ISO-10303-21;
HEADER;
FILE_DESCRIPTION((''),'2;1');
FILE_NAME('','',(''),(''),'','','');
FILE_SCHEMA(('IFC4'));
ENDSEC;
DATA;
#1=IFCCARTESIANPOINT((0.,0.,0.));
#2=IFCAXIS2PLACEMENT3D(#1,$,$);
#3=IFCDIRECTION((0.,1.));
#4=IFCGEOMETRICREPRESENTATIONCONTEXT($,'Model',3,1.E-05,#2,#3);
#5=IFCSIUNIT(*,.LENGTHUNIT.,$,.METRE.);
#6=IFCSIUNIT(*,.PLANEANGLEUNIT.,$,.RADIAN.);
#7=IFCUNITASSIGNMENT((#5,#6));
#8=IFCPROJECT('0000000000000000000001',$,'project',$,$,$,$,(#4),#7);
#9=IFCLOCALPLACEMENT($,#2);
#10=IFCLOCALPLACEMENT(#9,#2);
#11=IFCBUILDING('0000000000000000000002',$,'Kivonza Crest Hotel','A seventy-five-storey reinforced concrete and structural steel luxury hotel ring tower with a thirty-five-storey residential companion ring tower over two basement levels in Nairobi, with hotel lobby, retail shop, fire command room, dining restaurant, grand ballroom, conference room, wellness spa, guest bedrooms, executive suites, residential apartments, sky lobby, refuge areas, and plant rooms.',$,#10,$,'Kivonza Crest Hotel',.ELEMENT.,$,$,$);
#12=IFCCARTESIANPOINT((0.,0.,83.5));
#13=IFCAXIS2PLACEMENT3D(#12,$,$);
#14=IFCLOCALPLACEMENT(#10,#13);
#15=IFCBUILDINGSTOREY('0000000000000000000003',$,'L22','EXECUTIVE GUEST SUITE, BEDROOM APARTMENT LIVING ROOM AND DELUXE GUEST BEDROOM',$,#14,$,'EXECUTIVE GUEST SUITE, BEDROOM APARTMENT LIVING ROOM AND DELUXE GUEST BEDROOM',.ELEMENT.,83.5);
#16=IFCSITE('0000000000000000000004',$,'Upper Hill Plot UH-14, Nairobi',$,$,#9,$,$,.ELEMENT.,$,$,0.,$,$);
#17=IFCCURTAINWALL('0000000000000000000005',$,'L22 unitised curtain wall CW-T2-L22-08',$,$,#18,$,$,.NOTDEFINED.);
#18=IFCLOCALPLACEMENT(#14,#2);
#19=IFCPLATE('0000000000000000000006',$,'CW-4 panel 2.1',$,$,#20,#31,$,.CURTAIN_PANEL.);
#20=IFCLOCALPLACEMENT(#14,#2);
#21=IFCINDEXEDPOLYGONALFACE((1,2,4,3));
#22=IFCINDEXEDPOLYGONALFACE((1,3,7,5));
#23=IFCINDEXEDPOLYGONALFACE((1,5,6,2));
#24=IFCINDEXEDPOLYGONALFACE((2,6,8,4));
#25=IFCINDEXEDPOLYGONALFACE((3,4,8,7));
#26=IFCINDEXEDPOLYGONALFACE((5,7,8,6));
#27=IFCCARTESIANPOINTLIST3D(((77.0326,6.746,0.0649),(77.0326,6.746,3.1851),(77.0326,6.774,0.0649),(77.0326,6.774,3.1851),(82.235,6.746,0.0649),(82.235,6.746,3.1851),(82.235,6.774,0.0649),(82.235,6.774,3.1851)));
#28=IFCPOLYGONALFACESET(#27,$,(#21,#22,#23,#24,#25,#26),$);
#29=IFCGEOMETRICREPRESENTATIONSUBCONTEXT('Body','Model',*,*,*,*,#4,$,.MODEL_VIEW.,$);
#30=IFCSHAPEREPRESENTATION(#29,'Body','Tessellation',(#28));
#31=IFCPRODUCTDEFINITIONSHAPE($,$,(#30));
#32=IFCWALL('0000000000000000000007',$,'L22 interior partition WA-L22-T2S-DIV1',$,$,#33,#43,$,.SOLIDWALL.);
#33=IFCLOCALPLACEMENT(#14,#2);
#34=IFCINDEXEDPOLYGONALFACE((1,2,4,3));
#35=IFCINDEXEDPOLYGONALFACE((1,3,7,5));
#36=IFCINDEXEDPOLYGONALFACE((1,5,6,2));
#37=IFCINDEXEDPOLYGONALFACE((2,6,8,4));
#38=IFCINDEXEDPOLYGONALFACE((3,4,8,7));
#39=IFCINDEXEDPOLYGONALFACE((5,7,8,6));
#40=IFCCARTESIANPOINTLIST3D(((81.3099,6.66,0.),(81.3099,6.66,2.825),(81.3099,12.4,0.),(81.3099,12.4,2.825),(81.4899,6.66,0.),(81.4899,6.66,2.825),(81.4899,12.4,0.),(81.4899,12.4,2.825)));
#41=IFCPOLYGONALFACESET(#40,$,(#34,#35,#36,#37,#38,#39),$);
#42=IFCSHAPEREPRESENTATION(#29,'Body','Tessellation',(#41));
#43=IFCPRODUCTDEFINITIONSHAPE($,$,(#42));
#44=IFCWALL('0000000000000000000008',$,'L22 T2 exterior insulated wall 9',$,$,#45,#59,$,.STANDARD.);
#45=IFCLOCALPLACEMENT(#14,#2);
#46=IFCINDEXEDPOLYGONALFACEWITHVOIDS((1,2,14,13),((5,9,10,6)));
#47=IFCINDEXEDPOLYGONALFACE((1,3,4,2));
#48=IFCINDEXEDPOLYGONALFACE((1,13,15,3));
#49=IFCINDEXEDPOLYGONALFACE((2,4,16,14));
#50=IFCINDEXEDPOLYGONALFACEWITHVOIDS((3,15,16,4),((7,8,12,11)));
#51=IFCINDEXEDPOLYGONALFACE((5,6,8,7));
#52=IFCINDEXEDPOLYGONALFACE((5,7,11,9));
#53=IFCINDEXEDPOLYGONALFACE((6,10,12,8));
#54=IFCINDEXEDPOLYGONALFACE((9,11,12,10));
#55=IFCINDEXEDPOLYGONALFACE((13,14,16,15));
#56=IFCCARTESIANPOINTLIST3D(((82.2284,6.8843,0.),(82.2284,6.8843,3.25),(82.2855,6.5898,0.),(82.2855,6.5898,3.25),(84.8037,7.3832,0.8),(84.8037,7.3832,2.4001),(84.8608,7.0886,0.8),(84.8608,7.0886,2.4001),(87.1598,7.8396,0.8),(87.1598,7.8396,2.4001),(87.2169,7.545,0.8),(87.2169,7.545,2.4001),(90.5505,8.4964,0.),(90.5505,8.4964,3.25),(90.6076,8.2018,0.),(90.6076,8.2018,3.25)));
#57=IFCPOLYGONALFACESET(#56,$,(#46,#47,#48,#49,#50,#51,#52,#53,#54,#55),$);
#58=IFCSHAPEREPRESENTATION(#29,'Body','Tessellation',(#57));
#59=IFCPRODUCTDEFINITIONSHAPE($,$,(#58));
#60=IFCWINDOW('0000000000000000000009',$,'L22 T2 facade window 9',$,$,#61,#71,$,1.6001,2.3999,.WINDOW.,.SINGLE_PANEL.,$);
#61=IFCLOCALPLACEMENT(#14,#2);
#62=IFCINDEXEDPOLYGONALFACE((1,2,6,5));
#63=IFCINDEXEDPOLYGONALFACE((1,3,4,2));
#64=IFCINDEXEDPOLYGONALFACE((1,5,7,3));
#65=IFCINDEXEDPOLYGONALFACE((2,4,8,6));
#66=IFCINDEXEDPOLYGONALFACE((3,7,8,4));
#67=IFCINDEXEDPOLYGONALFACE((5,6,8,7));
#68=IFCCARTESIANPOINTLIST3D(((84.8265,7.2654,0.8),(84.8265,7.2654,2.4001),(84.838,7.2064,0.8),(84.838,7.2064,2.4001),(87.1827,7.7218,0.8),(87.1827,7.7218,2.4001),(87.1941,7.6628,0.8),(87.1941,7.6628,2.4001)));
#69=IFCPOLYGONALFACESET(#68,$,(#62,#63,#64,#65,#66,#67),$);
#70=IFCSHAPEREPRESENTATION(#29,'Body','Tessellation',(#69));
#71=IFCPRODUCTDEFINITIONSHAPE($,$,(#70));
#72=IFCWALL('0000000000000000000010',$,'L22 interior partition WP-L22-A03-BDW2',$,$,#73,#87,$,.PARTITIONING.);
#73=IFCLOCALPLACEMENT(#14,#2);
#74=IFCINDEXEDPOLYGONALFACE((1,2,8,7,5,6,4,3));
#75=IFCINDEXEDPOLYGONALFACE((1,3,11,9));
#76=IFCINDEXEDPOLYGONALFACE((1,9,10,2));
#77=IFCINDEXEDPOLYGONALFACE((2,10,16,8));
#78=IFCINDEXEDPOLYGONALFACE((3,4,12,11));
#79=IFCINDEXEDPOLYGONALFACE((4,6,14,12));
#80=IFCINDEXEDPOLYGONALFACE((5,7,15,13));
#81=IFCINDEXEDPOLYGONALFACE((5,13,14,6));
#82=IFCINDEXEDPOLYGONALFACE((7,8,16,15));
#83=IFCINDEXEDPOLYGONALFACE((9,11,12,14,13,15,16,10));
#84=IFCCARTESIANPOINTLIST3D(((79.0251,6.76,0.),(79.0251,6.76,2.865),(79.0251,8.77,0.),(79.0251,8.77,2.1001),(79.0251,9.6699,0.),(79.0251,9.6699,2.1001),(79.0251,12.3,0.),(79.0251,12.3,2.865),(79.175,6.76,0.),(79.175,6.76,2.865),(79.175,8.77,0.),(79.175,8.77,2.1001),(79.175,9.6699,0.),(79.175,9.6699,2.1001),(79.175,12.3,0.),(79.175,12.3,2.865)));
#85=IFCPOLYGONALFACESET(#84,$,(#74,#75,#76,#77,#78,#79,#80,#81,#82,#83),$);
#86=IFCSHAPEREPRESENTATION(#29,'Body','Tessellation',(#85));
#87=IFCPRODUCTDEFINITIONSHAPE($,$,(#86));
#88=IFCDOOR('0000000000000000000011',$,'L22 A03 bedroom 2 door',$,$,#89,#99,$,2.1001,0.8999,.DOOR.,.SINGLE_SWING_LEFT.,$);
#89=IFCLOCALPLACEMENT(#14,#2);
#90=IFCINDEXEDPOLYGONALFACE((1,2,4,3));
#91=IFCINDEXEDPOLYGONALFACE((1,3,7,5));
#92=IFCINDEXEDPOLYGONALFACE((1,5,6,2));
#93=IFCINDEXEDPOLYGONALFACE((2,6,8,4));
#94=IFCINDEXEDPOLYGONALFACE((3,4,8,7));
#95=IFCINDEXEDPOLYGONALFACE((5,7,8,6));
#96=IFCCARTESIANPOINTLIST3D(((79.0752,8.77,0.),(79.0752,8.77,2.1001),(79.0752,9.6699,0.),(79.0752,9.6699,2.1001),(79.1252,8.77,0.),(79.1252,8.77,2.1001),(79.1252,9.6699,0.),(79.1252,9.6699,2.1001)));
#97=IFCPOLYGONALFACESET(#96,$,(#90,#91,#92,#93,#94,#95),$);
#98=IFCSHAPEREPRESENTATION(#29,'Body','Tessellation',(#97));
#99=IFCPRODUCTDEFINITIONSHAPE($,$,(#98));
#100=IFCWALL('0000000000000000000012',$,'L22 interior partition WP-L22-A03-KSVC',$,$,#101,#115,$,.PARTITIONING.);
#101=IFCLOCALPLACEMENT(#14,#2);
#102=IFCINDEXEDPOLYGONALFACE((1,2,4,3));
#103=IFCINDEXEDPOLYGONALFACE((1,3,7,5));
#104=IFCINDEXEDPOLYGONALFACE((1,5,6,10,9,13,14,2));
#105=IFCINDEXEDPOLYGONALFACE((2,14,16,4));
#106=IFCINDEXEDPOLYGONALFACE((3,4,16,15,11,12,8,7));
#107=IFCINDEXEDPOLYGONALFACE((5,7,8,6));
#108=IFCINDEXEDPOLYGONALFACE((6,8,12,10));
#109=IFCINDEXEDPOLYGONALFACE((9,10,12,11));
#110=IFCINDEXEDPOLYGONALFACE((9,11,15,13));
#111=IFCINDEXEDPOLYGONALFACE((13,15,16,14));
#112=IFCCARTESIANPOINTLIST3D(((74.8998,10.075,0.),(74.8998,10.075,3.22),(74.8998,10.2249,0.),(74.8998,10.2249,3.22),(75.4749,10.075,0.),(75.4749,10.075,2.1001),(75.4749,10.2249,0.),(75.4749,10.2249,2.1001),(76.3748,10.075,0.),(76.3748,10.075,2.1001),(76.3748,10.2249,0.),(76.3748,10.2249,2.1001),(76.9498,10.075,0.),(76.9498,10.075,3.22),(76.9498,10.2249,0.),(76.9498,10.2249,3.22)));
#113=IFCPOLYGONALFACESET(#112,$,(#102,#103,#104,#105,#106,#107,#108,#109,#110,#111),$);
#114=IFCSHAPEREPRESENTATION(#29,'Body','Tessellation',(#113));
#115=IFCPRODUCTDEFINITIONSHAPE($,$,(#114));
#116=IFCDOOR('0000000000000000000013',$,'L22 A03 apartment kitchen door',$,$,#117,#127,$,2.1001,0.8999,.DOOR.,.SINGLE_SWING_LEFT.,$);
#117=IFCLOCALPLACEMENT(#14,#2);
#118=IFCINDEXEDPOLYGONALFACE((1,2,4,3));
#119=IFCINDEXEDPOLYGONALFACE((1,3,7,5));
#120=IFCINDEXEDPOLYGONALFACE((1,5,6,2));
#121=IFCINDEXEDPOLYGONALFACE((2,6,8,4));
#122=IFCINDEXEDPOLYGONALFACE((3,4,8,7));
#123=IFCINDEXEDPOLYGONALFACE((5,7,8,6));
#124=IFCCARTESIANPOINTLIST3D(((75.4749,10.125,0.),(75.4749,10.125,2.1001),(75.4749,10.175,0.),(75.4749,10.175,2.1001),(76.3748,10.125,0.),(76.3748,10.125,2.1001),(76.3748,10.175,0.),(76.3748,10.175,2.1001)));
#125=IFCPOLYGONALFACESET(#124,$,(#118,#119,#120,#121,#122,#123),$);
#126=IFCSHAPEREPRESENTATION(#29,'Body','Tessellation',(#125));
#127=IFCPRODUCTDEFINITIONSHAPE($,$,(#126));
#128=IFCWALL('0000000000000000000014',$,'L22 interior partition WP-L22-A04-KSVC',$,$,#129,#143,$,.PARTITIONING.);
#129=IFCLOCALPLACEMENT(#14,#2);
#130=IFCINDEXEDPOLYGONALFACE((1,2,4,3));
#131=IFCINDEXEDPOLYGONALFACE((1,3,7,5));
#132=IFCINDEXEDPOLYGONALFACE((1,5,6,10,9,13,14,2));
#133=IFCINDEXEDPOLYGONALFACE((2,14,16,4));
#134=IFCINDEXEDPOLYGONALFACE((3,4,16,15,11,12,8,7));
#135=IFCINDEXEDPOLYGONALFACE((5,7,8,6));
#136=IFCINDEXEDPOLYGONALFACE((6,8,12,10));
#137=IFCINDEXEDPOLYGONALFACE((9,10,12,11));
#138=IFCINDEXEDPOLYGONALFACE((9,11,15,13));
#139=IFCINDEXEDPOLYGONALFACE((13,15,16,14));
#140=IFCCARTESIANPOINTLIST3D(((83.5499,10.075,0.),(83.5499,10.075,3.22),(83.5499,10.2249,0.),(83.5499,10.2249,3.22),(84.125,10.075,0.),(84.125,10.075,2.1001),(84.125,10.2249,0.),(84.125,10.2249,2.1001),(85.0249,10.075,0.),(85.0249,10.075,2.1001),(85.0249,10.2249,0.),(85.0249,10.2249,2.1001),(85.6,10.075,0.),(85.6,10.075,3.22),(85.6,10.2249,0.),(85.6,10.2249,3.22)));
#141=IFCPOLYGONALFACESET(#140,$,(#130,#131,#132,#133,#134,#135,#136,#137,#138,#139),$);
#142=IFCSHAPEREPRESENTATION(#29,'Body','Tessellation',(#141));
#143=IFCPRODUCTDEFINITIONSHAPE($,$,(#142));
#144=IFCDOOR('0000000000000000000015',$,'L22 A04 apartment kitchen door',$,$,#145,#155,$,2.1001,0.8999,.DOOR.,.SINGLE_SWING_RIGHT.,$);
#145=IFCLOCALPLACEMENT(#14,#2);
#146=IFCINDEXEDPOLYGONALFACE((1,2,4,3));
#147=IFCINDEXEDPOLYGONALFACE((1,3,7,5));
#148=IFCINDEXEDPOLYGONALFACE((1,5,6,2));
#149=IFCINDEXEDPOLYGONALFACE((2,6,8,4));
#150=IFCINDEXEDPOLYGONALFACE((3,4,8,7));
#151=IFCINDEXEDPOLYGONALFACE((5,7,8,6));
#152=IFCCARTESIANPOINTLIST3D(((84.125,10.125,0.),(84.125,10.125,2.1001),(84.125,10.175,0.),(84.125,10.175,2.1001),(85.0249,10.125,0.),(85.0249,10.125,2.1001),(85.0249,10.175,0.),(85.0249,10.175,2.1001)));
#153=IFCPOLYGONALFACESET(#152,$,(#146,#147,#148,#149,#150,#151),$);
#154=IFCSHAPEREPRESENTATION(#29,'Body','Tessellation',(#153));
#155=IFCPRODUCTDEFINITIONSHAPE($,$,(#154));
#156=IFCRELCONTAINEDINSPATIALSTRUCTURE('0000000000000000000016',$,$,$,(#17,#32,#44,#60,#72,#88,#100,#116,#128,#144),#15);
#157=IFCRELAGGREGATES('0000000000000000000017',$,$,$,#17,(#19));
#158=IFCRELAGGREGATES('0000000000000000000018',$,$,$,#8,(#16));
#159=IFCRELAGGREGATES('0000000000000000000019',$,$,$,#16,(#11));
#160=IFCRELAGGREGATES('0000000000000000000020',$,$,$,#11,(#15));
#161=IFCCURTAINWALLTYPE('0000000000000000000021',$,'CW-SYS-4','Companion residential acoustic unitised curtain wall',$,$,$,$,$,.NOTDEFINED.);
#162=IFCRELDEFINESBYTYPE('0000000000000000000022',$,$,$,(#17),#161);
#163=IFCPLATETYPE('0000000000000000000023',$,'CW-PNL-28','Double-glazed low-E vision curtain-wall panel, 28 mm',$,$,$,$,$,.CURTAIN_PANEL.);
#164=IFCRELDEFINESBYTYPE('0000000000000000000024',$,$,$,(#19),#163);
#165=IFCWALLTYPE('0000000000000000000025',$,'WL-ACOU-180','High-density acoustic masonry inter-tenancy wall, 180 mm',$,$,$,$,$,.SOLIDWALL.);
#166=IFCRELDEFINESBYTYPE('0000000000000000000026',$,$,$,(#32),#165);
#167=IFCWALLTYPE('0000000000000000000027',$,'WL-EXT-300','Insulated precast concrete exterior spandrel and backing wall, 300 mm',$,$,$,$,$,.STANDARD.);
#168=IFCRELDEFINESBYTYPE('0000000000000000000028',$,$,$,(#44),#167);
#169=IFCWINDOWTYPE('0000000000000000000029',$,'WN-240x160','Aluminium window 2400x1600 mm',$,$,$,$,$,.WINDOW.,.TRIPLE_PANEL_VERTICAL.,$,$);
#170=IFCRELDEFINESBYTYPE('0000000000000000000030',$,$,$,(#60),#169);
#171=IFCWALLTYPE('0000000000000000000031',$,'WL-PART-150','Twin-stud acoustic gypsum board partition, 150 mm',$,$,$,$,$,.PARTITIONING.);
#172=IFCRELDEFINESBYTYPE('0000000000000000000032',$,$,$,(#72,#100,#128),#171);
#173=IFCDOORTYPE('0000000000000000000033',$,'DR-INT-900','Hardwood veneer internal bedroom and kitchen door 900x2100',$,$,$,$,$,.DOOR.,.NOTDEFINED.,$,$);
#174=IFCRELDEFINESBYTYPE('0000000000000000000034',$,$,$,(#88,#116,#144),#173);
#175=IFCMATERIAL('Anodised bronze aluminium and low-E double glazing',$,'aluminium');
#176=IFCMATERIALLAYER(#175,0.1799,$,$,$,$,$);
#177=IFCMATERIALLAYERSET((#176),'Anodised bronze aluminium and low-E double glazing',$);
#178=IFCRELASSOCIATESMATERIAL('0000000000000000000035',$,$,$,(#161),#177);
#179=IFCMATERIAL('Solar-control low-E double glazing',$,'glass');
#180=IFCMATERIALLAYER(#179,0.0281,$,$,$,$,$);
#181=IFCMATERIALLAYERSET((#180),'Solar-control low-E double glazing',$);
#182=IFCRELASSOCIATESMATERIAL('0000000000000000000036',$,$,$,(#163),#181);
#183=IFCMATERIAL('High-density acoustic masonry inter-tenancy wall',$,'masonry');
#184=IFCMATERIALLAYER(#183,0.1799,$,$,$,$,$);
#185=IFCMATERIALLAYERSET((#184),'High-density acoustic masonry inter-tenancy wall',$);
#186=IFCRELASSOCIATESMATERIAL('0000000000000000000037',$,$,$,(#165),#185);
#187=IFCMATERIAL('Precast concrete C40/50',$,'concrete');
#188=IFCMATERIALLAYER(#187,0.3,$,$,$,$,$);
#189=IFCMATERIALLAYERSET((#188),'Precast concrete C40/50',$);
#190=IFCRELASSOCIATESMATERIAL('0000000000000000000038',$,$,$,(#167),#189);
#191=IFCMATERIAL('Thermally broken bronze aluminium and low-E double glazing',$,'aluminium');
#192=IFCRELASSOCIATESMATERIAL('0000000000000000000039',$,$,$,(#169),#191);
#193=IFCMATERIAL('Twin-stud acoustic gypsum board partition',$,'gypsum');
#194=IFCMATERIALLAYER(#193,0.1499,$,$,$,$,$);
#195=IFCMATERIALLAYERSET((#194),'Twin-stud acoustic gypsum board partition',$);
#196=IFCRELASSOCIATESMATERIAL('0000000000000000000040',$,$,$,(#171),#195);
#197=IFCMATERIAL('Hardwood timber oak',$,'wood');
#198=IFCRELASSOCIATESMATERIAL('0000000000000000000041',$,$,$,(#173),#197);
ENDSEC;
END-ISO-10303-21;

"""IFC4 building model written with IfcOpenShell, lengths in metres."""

from ifc_helpers import new_model, si_unit, direction, frame, frame_2d, origin, origin_2d, place, context, subcontext, project, spatial, rectangle, extrude, material, layer, layer_set, type_object, element, fill, aggregate, save


model = new_model("IFC4")

# Units and contexts
model_context = context("Model", 3, precision=1e-05, world=origin(), true_north=direction((0.0, 1.0)))
body_context = subcontext(model_context, "Body", "Model", "MODEL_VIEW")
ifc_project = project(units=[si_unit("LENGTHUNIT", "METRE"), si_unit("PLANEANGLEUNIT", "RADIAN")], contexts=[model_context])

# Site, building, storey
site_placement = place(None, origin())
site = spatial("IfcSite", under=ifc_project, at=site_placement, Name="Upper Hill Plot UH-14, Nairobi", CompositionType="ELEMENT", RefElevation=0.0)
building_placement = place(site_placement, origin())
building = spatial("IfcBuilding", under=site, at=building_placement, Name="Kivonza Crest Hotel", Description="A seventy-five-storey reinforced concrete and structural steel luxury hotel ring tower with a thirty-five-storey residential companion ring tower over two basement levels in Nairobi, with hotel lobby, retail shop, fire command room, dining restaurant, grand ballroom, conference room, wellness spa, guest bedrooms, executive suites, residential apartments, sky lobby, refuge areas, and plant rooms.", LongName="Kivonza Crest Hotel", CompositionType="ELEMENT")
storey_placement = place(building_placement, frame((0.0, 0.0, 83.5)))
storey = spatial("IfcBuildingStorey", under=building, at=storey_placement, Name="L22", Description="EXECUTIVE GUEST SUITE, BEDROOM APARTMENT LIVING ROOM AND DELUXE GUEST BEDROOM", LongName="EXECUTIVE GUEST SUITE, BEDROOM APARTMENT LIVING ROOM AND DELUXE GUEST BEDROOM", CompositionType="ELEMENT", Elevation=83.5)

# Curtain wall, plate
ifc_material_1 = material(Name="Anodised bronze aluminium and low-E double glazing", Category="aluminium")
ifc_layer_1 = layer(ifc_material_1, 0.1799)
ifc_layer_set_1 = layer_set([ifc_layer_1], Name="Anodised bronze aluminium and low-E double glazing")
curtain_wall_type = type_object("IfcCurtainWallType", Name="CW-SYS-4", Description="Companion residential acoustic unitised curtain wall", PredefinedType="NOTDEFINED", material=ifc_layer_set_1)
curtain_wall_placement = place(storey_placement, origin())
curtain_wall = element("IfcCurtainWall", 1, at=curtain_wall_placement, inside=storey, type_object=curtain_wall_type, Name="L22 unitised curtain wall CW-T2-L22-08", PredefinedType="NOTDEFINED")
ifc_material_2 = material(Name="Solar-control low-E double glazing", Category="glass")
ifc_layer_2 = layer(ifc_material_2, 0.0281)
ifc_layer_set_2 = layer_set([ifc_layer_2], Name="Solar-control low-E double glazing")
plate_type = type_object("IfcPlateType", Name="CW-PNL-28", Description="Double-glazed low-E vision curtain-wall panel, 28 mm", PredefinedType="CURTAIN_PANEL", material=ifc_layer_set_2)
plate_1_placement = place(storey_placement, frame((79.6338, 6.76, 0.0649), z_axis=(0.0, 0.0, 1.0), x_axis=(1.0, 0.0, 0.0)))
plate_1 = element("IfcPlate", 2, at=plate_1_placement, type_object=plate_type, Name="CW-4 panel 2.1", PredefinedType="CURTAIN_PANEL", context=body_context, shape_type="SweptSolid", body=[
    extrude(rectangle(XDim=5.2024, YDim=0.0281, at=origin_2d()), origin(), (0.0, 0.0, 1.0), 3.1201),
])
aggregate(curtain_wall, [plate_1])

# Wall
ifc_material_3 = material(Name="High-density acoustic masonry inter-tenancy wall", Category="masonry")
ifc_layer_3 = layer(ifc_material_3, 0.1799)
ifc_layer_set_3 = layer_set([ifc_layer_3], Name="High-density acoustic masonry inter-tenancy wall")
wall_type_1 = type_object("IfcWallType", Name="WL-ACOU-180", Description="High-density acoustic masonry inter-tenancy wall, 180 mm", PredefinedType="SOLIDWALL", material=ifc_layer_set_3)
wall_1_placement = place(storey_placement, frame((81.3999, 6.6599, 0.0), z_axis=(0.0, 0.0, 1.0), x_axis=(0.0, 1.0, 0.0)))
element("IfcWall", 3, at=wall_1_placement, inside=storey, type_object=wall_type_1, Name="L22 interior partition WA-L22-T2S-DIV1", PredefinedType="SOLIDWALL", context=body_context, shape_type="SweptSolid", body=[
    extrude(rectangle(XDim=5.74, YDim=0.1799, at=frame_2d((2.8701, 0.0))), origin(), (0.0, 0.0, 1.0), 2.825),
])

# Wall, opening, window
ifc_material_4 = material(Name="Precast concrete C40/50", Category="concrete")
ifc_layer_4 = layer(ifc_material_4, 0.3)
ifc_layer_set_4 = layer_set([ifc_layer_4], Name="Precast concrete C40/50")
wall_type_2 = type_object("IfcWallType", Name="WL-EXT-300", Description="Insulated precast concrete exterior spandrel and backing wall, 300 mm", PredefinedType="STANDARD", material=ifc_layer_set_4)
wall_2_placement = place(storey_placement, frame((82.2571, 6.7371, 0.0), z_axis=(0.0, 0.0, 1.0), x_axis=(0.98175, 0.190175, 0.0)))
wall_2 = element("IfcWall", 4, at=wall_2_placement, inside=storey, type_object=wall_type_2, Name="L22 T2 exterior insulated wall 9", PredefinedType="STANDARD", context=body_context, shape_type="SweptSolid", body=[
    extrude(rectangle(XDim=8.4768, YDim=0.3, at=frame_2d((4.2383, 0.0))), origin(), (0.0, 0.0, 1.0), 3.25),
])
opening_1_placement = place(wall_2_placement, frame((2.623, 0.0, 0.8)))
opening_1 = element("IfcOpeningElement", 5, at=opening_1_placement, cuts=wall_2, PredefinedType="OPENING", context=body_context, shape_type="SweptSolid", body=[
    extrude(rectangle(XDim=2.3999, YDim=1.6001, at=frame_2d((1.2, 0.8))), frame((0.0, 0.1602, 0.0), z_axis=(0.0, -1.0, 0.0), x_axis=(1.0, 0.0, 0.0)), (0.0, 0.0, 1.0), 0.3201),
])
ifc_material_5 = material(Name="Thermally broken bronze aluminium and low-E double glazing", Category="aluminium")
window_type = type_object("IfcWindowType", Name="WN-240x160", Description="Aluminium window 2400x1600 mm", PartitioningType="TRIPLE_PANEL_VERTICAL", PredefinedType="WINDOW", material=ifc_material_5)
window_placement = place(opening_1_placement, origin())
window = element("IfcWindow", 6, at=window_placement, inside=storey, type_object=window_type, Name="L22 T2 facade window 9", OverallHeight=1.6001, OverallWidth=2.3999, PartitioningType="SINGLE_PANEL", PredefinedType="WINDOW", context=body_context, shape_type="SweptSolid", body=[
    extrude(rectangle(XDim=2.3999, YDim=1.6001, at=frame_2d((1.2, 0.8))), frame((0.0, 0.03, 0.0), z_axis=(0.0, -1.0, 0.0), x_axis=(1.0, 0.0, 0.0)), (0.0, 0.0, 1.0), 0.0601),
])
fill(opening_1, window)

# Walls, openings, doors
ifc_material_6 = material(Name="Twin-stud acoustic gypsum board partition", Category="gypsum")
ifc_layer_5 = layer(ifc_material_6, 0.1499)
ifc_layer_set_5 = layer_set([ifc_layer_5], Name="Twin-stud acoustic gypsum board partition")
wall_type_3 = type_object("IfcWallType", Name="WL-PART-150", Description="Twin-stud acoustic gypsum board partition, 150 mm", PredefinedType="PARTITIONING", material=ifc_layer_set_5)
wall_3_placement = place(storey_placement, frame((79.1001, 6.76, 0.0), z_axis=(0.0, 0.0, 1.0), x_axis=(0.0, 1.0, 0.0)))
wall_3 = element("IfcWall", 7, at=wall_3_placement, inside=storey, type_object=wall_type_3, Name="L22 interior partition WP-L22-A03-BDW2", PredefinedType="PARTITIONING", context=body_context, shape_type="SweptSolid", body=[
    extrude(rectangle(XDim=5.54, YDim=0.1499, at=frame_2d((2.77, 0.0))), origin(), (0.0, 0.0, 1.0), 2.865),
])
opening_2_placement = place(wall_3_placement, frame((2.01, 0.0, 0.0)))
opening_2 = element("IfcOpeningElement", 8, at=opening_2_placement, cuts=wall_3, PredefinedType="OPENING", context=body_context, shape_type="SweptSolid", body=[
    extrude(rectangle(XDim=0.8999, YDim=2.1001, at=frame_2d((0.45, 1.05))), frame((0.0, 0.085, 0.0), z_axis=(0.0, -1.0, 0.0), x_axis=(1.0, 0.0, 0.0)), (0.0, 0.0, 1.0), 0.1699),
])
ifc_material_7 = material(Name="Hardwood timber oak", Category="wood")
door_type_1 = type_object("IfcDoorType", Name="DR-INT-900", Description="Hardwood veneer internal bedroom and kitchen door 900x2100", OperationType="NOTDEFINED", PredefinedType="DOOR", material=ifc_material_7)
door_1_placement = place(opening_2_placement, origin())
door_1 = element("IfcDoor", 9, at=door_1_placement, inside=storey, type_object=door_type_1, Name="L22 A03 bedroom 2 door", OperationType="SINGLE_SWING_LEFT", OverallHeight=2.1001, OverallWidth=0.8999, PredefinedType="DOOR", context=body_context, shape_type="SweptSolid", body=[
    extrude(rectangle(XDim=0.8999, YDim=2.1001, at=frame_2d((0.45, 1.05))), frame((0.0, 0.0249, 0.0), z_axis=(0.0, -1.0, 0.0), x_axis=(1.0, 0.0, 0.0)), (0.0, 0.0, 1.0), 0.05),
])
fill(opening_2, door_1)
wall_4_placement = place(storey_placement, frame((74.8999, 10.1499, 0.0), z_axis=(0.0, 0.0, 1.0), x_axis=(1.0, 0.0, 0.0)))
wall_4 = element("IfcWall", 10, at=wall_4_placement, inside=storey, type_object=wall_type_3, Name="L22 interior partition WP-L22-A03-KSVC", PredefinedType="PARTITIONING", context=body_context, shape_type="SweptSolid", body=[
    extrude(rectangle(XDim=2.05, YDim=0.1499, at=frame_2d((1.0249, 0.0))), origin(), (0.0, 0.0, 1.0), 3.22),
])
opening_3_placement = place(wall_4_placement, frame((0.575, 0.0, 0.0)))
opening_3 = element("IfcOpeningElement", 11, at=opening_3_placement, cuts=wall_4, PredefinedType="OPENING", context=body_context, shape_type="SweptSolid", body=[
    extrude(rectangle(XDim=0.8999, YDim=2.1001, at=frame_2d((0.45, 1.05))), frame((0.0, 0.085, 0.0), z_axis=(0.0, -1.0, 0.0), x_axis=(1.0, 0.0, 0.0)), (0.0, 0.0, 1.0), 0.1699),
])
door_2_placement = place(opening_3_placement, frame((0.8999, 0.0, 0.0), z_axis=(0.0, 0.0, 1.0), x_axis=(-1.0, 0.0, 0.0)))
door_2 = element("IfcDoor", 12, at=door_2_placement, inside=storey, type_object=door_type_1, Name="L22 A03 apartment kitchen door", OperationType="SINGLE_SWING_LEFT", OverallHeight=2.1001, OverallWidth=0.8999, PredefinedType="DOOR", context=body_context, shape_type="SweptSolid", body=[
    extrude(rectangle(XDim=0.8999, YDim=2.1001, at=frame_2d((0.45, 1.05))), frame((0.0, 0.0249, 0.0), z_axis=(0.0, -1.0, 0.0), x_axis=(1.0, 0.0, 0.0)), (0.0, 0.0, 1.0), 0.05),
])
fill(opening_3, door_2)
wall_5_placement = place(storey_placement, frame((83.55, 10.1499, 0.0), z_axis=(0.0, 0.0, 1.0), x_axis=(1.0, 0.0, 0.0)))
wall_5 = element("IfcWall", 13, at=wall_5_placement, inside=storey, type_object=wall_type_3, Name="L22 interior partition WP-L22-A04-KSVC", PredefinedType="PARTITIONING", context=body_context, shape_type="SweptSolid", body=[
    extrude(rectangle(XDim=2.05, YDim=0.1499, at=frame_2d((1.0249, 0.0))), origin(), (0.0, 0.0, 1.0), 3.22),
])
opening_4_placement = place(wall_5_placement, frame((0.575, 0.0, 0.0)))
opening_4 = element("IfcOpeningElement", 14, at=opening_4_placement, cuts=wall_5, PredefinedType="OPENING", context=body_context, shape_type="SweptSolid", body=[
    extrude(rectangle(XDim=0.8999, YDim=2.1001, at=frame_2d((0.45, 1.05))), frame((0.0, 0.085, 0.0), z_axis=(0.0, -1.0, 0.0), x_axis=(1.0, 0.0, 0.0)), (0.0, 0.0, 1.0), 0.1699),
])
door_3_placement = place(opening_4_placement, frame((0.8999, 0.0, 0.0), z_axis=(0.0, 0.0, 1.0), x_axis=(-1.0, 0.0, 0.0)))
door_3 = element("IfcDoor", 15, at=door_3_placement, inside=storey, type_object=door_type_1, Name="L22 A04 apartment kitchen door", OperationType="SINGLE_SWING_RIGHT", OverallHeight=2.1001, OverallWidth=0.8999, PredefinedType="DOOR", context=body_context, shape_type="SweptSolid", body=[
    extrude(rectangle(XDim=0.8999, YDim=2.1001, at=frame_2d((0.45, 1.05))), frame((0.0, 0.0249, 0.0), z_axis=(0.0, -1.0, 0.0), x_axis=(1.0, 0.0, 0.0)), (0.0, 0.0, 1.0), 0.05),
])
fill(opening_4, door_3)

save(model, "model.ifc")
